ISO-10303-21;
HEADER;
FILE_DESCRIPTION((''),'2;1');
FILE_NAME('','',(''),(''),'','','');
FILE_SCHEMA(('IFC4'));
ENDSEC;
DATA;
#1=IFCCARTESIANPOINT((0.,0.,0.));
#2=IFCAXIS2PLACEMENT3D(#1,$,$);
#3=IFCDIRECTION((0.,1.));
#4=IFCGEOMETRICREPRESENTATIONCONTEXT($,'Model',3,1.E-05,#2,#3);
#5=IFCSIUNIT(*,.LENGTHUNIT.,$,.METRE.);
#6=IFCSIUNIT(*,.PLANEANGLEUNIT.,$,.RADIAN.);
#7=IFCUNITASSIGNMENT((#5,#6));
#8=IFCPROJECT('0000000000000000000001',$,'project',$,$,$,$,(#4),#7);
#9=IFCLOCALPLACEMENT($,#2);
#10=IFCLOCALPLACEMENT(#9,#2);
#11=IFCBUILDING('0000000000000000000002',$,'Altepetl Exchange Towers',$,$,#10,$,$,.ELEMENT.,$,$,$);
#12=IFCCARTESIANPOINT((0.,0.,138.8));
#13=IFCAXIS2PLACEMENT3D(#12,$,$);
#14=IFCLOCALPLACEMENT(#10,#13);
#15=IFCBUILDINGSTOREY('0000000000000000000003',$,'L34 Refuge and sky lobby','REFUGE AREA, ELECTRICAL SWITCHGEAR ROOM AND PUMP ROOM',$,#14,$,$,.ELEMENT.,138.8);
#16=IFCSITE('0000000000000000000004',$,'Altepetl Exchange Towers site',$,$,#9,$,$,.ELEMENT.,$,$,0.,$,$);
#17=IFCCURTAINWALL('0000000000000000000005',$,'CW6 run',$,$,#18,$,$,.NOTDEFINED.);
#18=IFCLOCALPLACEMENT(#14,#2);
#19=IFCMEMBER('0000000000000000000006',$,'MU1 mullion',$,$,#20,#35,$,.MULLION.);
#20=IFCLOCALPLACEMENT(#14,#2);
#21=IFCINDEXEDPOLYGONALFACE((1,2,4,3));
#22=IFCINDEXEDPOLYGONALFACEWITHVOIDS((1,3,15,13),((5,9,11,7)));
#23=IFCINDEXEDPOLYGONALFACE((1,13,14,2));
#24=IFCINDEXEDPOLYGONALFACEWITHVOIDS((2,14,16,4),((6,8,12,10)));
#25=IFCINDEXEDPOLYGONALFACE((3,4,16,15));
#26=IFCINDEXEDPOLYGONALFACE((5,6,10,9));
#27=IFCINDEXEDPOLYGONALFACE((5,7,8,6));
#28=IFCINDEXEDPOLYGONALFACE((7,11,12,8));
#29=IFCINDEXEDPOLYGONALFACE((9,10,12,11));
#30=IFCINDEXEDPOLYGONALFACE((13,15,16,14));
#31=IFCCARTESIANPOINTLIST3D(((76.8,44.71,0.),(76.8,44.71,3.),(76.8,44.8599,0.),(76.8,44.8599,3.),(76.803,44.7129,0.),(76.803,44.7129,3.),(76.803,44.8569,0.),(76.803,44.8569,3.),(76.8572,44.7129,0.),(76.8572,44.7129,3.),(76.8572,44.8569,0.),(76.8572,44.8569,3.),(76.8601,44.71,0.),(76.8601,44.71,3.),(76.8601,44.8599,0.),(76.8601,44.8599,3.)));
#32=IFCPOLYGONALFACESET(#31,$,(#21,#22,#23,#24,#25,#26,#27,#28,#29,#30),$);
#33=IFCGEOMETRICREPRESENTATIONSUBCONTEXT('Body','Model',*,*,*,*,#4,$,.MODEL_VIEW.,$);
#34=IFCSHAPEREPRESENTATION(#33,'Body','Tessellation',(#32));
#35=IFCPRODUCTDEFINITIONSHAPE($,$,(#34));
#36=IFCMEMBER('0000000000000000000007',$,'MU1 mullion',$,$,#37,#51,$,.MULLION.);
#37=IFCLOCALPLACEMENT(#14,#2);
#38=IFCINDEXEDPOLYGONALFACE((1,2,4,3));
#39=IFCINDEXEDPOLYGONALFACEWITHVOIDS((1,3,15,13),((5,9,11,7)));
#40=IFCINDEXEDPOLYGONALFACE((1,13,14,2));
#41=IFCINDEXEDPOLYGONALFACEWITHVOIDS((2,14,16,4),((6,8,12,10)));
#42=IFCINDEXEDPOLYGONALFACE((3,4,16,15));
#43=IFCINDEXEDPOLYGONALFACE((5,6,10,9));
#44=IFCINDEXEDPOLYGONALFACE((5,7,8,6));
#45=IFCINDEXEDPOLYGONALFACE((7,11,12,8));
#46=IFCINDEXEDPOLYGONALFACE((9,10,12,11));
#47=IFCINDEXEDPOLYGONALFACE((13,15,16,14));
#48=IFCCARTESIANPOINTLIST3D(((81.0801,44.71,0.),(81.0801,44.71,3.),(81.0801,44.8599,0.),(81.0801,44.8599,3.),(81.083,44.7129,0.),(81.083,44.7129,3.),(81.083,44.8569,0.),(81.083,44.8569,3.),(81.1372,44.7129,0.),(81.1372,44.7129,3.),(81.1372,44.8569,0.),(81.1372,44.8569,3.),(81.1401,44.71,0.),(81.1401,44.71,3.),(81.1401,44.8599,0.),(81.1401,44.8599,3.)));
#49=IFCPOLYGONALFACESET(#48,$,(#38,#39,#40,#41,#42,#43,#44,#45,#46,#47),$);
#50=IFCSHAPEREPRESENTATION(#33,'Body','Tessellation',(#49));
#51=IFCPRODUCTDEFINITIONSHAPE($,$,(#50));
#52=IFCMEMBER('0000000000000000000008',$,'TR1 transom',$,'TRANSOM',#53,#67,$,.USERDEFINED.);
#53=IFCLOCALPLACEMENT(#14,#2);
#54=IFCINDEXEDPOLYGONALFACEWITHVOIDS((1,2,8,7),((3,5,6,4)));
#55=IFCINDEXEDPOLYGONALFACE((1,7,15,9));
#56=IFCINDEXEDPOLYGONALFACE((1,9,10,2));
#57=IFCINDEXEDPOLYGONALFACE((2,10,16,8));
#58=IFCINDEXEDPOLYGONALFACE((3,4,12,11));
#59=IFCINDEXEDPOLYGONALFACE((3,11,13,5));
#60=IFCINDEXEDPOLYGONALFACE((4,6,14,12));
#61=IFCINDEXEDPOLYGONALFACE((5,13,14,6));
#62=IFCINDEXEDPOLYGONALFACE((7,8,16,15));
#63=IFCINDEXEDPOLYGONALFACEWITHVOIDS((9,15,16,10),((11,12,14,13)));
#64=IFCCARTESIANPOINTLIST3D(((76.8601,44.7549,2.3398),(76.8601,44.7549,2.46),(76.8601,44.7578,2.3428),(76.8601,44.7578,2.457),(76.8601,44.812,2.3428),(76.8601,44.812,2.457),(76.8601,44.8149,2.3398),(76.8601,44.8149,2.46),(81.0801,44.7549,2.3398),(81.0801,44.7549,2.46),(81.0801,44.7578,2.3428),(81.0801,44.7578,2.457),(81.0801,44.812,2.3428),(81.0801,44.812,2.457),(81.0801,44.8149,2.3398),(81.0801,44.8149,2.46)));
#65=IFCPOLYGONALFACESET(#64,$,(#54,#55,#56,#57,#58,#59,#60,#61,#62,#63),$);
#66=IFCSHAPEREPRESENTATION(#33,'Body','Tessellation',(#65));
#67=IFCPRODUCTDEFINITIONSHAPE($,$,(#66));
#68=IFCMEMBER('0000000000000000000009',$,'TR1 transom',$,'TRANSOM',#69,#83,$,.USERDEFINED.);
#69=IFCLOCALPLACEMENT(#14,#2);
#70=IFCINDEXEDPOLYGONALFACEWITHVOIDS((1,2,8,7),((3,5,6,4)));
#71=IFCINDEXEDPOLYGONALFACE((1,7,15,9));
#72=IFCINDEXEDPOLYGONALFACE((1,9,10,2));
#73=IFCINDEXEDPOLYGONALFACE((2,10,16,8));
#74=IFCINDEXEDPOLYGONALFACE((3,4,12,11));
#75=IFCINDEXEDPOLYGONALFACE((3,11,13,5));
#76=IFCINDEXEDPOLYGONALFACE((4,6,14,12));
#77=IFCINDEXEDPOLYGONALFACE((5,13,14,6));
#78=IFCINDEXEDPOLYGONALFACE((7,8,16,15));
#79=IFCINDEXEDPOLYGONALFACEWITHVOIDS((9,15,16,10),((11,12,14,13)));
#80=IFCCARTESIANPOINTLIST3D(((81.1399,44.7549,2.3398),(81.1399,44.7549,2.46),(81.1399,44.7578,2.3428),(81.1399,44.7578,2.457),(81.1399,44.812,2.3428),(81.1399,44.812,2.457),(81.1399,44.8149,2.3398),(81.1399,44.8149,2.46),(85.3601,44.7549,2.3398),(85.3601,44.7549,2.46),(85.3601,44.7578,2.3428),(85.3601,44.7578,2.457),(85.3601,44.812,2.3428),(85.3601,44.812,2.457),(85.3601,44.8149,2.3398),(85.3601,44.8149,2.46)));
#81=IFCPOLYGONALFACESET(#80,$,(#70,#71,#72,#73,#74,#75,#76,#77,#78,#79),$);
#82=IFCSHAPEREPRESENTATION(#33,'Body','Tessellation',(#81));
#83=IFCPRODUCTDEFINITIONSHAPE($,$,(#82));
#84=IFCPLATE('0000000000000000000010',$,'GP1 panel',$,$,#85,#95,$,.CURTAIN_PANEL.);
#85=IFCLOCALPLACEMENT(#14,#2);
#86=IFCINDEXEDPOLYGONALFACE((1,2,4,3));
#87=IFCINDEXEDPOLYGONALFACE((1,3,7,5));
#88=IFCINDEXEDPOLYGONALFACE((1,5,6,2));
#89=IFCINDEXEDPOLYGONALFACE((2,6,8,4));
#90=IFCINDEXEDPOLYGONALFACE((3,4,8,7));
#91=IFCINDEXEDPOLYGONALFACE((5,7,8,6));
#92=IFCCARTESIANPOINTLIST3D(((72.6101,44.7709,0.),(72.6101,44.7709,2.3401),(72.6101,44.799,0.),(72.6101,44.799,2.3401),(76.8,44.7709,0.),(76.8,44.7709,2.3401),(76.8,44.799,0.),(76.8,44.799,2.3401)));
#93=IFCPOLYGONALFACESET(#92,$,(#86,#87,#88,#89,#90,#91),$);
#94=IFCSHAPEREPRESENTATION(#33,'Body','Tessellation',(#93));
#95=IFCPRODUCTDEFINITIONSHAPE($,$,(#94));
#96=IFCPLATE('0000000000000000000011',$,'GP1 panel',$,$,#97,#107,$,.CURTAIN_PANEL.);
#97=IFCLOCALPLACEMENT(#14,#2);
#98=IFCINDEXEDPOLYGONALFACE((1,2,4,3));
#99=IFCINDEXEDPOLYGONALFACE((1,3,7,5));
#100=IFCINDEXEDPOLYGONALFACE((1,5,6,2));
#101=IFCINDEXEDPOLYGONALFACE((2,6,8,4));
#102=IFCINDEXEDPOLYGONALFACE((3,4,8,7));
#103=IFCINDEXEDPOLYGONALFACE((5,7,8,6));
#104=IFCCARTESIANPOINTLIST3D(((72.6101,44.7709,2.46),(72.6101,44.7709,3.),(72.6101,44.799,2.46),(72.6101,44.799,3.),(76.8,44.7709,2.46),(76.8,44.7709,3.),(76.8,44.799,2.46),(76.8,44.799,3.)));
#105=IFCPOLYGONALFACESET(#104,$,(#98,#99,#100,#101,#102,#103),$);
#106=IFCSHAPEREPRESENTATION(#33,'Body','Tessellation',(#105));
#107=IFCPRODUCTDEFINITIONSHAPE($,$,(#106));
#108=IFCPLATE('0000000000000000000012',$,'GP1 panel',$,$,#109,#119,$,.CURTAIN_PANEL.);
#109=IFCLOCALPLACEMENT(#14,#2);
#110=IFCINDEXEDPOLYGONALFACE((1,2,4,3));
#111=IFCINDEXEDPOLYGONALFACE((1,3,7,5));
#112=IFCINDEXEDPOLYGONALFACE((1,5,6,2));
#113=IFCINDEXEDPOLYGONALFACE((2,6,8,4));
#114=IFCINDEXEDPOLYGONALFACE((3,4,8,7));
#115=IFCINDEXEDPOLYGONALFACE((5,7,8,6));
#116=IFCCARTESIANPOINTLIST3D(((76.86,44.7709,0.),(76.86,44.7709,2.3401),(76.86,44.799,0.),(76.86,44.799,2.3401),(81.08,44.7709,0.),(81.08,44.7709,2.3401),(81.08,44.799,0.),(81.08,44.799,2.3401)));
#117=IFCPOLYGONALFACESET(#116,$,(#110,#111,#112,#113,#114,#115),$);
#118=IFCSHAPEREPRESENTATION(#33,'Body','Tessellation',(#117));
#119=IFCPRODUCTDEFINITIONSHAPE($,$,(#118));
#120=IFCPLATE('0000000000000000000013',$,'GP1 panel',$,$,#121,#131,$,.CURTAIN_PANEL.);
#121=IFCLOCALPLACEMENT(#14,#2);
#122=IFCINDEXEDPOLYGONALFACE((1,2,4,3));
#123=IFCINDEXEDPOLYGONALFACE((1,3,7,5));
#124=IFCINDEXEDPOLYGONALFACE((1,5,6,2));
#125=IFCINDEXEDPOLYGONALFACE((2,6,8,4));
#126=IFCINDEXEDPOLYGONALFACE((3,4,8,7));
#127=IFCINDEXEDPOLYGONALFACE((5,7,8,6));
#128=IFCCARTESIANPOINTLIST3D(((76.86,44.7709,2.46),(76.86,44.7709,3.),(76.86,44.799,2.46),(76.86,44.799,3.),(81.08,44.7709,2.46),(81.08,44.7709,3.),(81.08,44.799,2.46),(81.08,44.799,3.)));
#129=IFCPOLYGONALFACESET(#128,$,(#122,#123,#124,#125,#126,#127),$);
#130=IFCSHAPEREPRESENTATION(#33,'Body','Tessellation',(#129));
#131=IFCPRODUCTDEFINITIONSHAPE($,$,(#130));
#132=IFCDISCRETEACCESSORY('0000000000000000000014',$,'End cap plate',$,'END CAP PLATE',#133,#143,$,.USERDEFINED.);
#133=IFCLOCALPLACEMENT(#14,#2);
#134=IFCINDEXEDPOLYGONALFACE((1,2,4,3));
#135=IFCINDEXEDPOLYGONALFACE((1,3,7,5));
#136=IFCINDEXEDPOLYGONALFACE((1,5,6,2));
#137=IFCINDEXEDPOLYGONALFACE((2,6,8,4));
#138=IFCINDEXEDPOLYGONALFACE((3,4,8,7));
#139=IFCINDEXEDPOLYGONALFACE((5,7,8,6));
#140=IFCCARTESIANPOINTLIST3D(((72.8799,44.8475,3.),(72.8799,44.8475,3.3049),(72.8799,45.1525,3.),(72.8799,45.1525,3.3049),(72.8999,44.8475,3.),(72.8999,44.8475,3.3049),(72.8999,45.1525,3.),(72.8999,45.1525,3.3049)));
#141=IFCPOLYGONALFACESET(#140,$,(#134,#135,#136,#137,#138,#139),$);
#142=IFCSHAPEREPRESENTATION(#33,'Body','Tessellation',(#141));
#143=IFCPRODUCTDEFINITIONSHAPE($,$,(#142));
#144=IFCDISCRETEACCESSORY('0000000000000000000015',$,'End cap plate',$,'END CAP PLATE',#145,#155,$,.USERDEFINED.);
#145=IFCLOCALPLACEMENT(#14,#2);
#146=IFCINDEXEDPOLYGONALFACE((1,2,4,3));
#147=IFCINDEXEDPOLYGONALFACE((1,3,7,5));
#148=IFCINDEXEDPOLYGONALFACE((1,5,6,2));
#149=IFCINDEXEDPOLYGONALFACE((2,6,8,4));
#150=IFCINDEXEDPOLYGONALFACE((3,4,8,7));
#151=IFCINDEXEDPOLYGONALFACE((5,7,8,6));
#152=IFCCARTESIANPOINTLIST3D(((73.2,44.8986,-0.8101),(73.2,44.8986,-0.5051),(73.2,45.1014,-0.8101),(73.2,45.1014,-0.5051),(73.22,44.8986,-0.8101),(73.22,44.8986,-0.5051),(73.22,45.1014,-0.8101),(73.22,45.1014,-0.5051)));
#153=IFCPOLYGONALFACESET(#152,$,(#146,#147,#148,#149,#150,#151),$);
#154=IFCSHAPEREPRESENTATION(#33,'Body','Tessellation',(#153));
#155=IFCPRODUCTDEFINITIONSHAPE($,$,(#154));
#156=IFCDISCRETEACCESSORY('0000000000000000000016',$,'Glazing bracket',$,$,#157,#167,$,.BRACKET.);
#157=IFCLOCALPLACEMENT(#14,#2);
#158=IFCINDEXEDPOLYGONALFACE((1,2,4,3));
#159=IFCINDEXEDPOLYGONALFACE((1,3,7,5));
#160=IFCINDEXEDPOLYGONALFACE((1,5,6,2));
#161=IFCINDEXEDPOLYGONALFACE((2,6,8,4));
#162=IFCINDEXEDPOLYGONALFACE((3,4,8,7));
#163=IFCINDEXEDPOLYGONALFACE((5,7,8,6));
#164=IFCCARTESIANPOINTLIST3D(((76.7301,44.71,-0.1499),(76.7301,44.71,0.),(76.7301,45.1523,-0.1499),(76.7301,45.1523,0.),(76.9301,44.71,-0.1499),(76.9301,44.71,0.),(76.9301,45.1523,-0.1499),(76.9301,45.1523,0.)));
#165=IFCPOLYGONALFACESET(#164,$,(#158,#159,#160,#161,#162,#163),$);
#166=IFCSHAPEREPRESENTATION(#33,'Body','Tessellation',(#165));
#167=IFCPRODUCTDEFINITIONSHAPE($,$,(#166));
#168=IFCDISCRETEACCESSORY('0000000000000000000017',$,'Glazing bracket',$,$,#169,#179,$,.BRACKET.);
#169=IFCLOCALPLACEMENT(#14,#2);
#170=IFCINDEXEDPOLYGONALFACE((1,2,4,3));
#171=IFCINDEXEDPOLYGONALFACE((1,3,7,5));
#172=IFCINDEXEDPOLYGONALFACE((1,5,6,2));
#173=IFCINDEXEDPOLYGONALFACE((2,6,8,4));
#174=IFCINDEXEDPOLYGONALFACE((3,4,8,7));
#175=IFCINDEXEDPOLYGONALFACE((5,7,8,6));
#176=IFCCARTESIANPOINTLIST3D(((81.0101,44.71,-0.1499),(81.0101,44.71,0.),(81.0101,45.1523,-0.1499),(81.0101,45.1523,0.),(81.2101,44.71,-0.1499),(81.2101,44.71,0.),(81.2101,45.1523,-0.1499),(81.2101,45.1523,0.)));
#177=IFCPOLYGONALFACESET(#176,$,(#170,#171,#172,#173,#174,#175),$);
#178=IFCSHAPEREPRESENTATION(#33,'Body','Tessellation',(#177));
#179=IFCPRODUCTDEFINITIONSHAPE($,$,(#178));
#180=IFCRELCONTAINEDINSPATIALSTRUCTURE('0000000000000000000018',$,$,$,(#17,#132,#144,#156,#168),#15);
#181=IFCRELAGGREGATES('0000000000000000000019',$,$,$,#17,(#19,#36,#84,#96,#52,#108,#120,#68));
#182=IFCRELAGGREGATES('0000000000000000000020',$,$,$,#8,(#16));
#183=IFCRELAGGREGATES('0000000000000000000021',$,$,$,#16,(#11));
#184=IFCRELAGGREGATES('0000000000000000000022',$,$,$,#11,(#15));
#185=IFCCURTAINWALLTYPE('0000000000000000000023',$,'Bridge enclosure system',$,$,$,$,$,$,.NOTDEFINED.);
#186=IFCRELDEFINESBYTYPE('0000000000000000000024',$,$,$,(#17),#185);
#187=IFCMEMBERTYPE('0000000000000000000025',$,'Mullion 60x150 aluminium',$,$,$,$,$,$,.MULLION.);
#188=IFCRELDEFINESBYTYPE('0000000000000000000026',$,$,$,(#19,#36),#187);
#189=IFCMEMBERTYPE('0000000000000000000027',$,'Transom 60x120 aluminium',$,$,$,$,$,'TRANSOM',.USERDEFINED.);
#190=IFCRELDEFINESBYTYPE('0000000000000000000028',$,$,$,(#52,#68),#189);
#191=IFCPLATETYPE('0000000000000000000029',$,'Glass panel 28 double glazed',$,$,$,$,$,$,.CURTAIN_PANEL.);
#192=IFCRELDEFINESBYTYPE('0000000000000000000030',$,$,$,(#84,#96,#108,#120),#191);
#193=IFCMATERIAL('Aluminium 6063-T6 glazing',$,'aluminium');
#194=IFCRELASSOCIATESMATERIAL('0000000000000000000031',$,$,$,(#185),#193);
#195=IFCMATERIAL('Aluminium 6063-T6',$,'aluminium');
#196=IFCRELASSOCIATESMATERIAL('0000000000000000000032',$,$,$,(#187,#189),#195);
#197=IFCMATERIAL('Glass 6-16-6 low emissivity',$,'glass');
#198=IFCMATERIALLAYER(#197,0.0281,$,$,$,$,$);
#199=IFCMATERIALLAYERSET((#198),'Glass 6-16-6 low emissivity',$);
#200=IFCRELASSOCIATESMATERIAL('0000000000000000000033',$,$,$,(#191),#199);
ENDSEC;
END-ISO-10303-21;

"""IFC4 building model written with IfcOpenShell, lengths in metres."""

from ifc_helpers import new_model, si_unit, direction, frame, origin, origin_2d, place, context, subcontext, project, spatial, rectangle, hollow_rectangle, extrude, material, layer, layer_set, material_profile, profile_set, type_object, element, aggregate, save


model = new_model("IFC4")

# Units and contexts
model_context = context("Model", 3, precision=1e-05, world=origin(), true_north=direction((0.0, 1.0)))
body_context = subcontext(model_context, "Body", "Model", "MODEL_VIEW")
ifc_project = project(units=[si_unit("LENGTHUNIT", "METRE"), si_unit("PLANEANGLEUNIT", "RADIAN")], contexts=[model_context])

# Site, building, storey
site_placement = place(None, origin())
site = spatial("IfcSite", under=ifc_project, at=site_placement, Name="Altepetl Exchange Towers site", CompositionType="ELEMENT", RefElevation=0.0)
building_placement = place(site_placement, origin())
building = spatial("IfcBuilding", under=site, at=building_placement, Name="Altepetl Exchange Towers", CompositionType="ELEMENT")
storey_placement = place(building_placement, frame((0.0, 0.0, 138.8)))
storey = spatial("IfcBuildingStorey", under=building, at=storey_placement, Name="L34 Refuge and sky lobby", Description="REFUGE AREA, ELECTRICAL SWITCHGEAR ROOM AND PUMP ROOM", CompositionType="ELEMENT", Elevation=138.8)

# Curtain wall, members, plates
ifc_material_1 = material(Name="Aluminium 6063-T6 glazing", Category="aluminium")
curtain_wall_type = type_object("IfcCurtainWallType", Name="Bridge enclosure system", PredefinedType="NOTDEFINED", material=ifc_material_1)
curtain_wall_placement = place(storey_placement, origin())
curtain_wall = element("IfcCurtainWall", 1, at=curtain_wall_placement, inside=storey, type_object=curtain_wall_type, Name="CW6 run", PredefinedType="NOTDEFINED")
ifc_material_2 = material(Name="Aluminium 6063-T6", Category="aluminium")
ifc_material_profile_1 = material_profile(ifc_material_2, hollow_rectangle(XDim=0.0601, YDim=0.1499, WallThickness=0.0029, at=origin_2d()), Name="Mullion 60x150 aluminium")
ifc_profile_set_1 = profile_set([ifc_material_profile_1], Name="Aluminium 6063-T6")
member_type_1 = type_object("IfcMemberType", Name="Mullion 60x150 aluminium", PredefinedType="MULLION", material=ifc_profile_set_1)
member_1_placement = place(storey_placement, frame((76.8301, 44.7849, 0.0)))
member_1 = element("IfcMember", 2, at=member_1_placement, type_object=member_type_1, Name="MU1 mullion", PredefinedType="MULLION", context=body_context, shape_type="SweptSolid", body=[
    extrude(hollow_rectangle(XDim=0.0601, YDim=0.1499, WallThickness=0.0029, at=origin_2d()), origin(), (0.0, 0.0, 1.0), 3.0),
])
member_2_placement = place(storey_placement, frame((81.1101, 44.7849, 0.0)))
member_2 = element("IfcMember", 3, at=member_2_placement, type_object=member_type_1, Name="MU1 mullion", PredefinedType="MULLION", context=body_context, shape_type="SweptSolid", body=[
    extrude(hollow_rectangle(XDim=0.0601, YDim=0.1499, WallThickness=0.0029, at=origin_2d()), origin(), (0.0, 0.0, 1.0), 3.0),
])
ifc_material_profile_2 = material_profile(ifc_material_2, hollow_rectangle(XDim=0.0601, YDim=0.1201, WallThickness=0.0029, at=origin_2d()), Name="Transom 60x120 aluminium")
ifc_profile_set_2 = profile_set([ifc_material_profile_2], Name="Aluminium 6063-T6")
member_type_2 = type_object("IfcMemberType", Name="Transom 60x120 aluminium", ElementType="TRANSOM", PredefinedType="USERDEFINED", material=ifc_profile_set_2)
member_3_placement = place(storey_placement, frame((76.8601, 44.7849, 2.3999), z_axis=(1.0, 0.0, 0.0), x_axis=(0.0, 1.0, 0.0)))
member_3 = element("IfcMember", 4, at=member_3_placement, type_object=member_type_2, Name="TR1 transom", ObjectType="TRANSOM", PredefinedType="USERDEFINED", context=body_context, shape_type="SweptSolid", body=[
    extrude(hollow_rectangle(XDim=0.0601, YDim=0.1201, WallThickness=0.0029, at=origin_2d()), origin(), (0.0, 0.0, 1.0), 4.22),
])
member_4_placement = place(storey_placement, frame((81.1399, 44.7849, 2.3999), z_axis=(1.0, 0.0, 0.0), x_axis=(0.0, 1.0, 0.0)))
member_4 = element("IfcMember", 5, at=member_4_placement, type_object=member_type_2, Name="TR1 transom", ObjectType="TRANSOM", PredefinedType="USERDEFINED", context=body_context, shape_type="SweptSolid", body=[
    extrude(hollow_rectangle(XDim=0.0601, YDim=0.1201, WallThickness=0.0029, at=origin_2d()), origin(), (0.0, 0.0, 1.0), 4.2202),
])
ifc_material_3 = material(Name="Glass 6-16-6 low emissivity", Category="glass")
ifc_layer = layer(ifc_material_3, 0.0281)
ifc_layer_set = layer_set([ifc_layer], Name="Glass 6-16-6 low emissivity")
plate_type = type_object("IfcPlateType", Name="Glass panel 28 double glazed", PredefinedType="CURTAIN_PANEL", material=ifc_layer_set)
plate_1_placement = place(storey_placement, frame((74.7051, 44.7849, 0.0)))
plate_1 = element("IfcPlate", 6, at=plate_1_placement, type_object=plate_type, Name="GP1 panel", PredefinedType="CURTAIN_PANEL", context=body_context, shape_type="SweptSolid", body=[
    extrude(rectangle(XDim=4.1899, YDim=0.0281, at=origin_2d()), origin(), (0.0, 0.0, 1.0), 2.3401),
])
plate_2_placement = place(storey_placement, frame((74.7051, 44.7849, 2.46)))
plate_2 = element("IfcPlate", 7, at=plate_2_placement, type_object=plate_type, Name="GP1 panel", PredefinedType="CURTAIN_PANEL", context=body_context, shape_type="SweptSolid", body=[
    extrude(rectangle(XDim=4.1899, YDim=0.0281, at=origin_2d()), origin(), (0.0, 0.0, 1.0), 0.54),
])
plate_3_placement = place(storey_placement, frame((78.97, 44.7849, 0.0)))
plate_3 = element("IfcPlate", 8, at=plate_3_placement, type_object=plate_type, Name="GP1 panel", PredefinedType="CURTAIN_PANEL", context=body_context, shape_type="SweptSolid", body=[
    extrude(rectangle(XDim=4.22, YDim=0.0281, at=origin_2d()), origin(), (0.0, 0.0, 1.0), 2.3401),
])
plate_4_placement = place(storey_placement, frame((78.97, 44.7849, 2.46)))
plate_4 = element("IfcPlate", 9, at=plate_4_placement, type_object=plate_type, Name="GP1 panel", PredefinedType="CURTAIN_PANEL", context=body_context, shape_type="SweptSolid", body=[
    extrude(rectangle(XDim=4.22, YDim=0.0281, at=origin_2d()), origin(), (0.0, 0.0, 1.0), 0.54),
])
aggregate(curtain_wall, [member_1, member_2, plate_1, plate_2, member_3, plate_3, plate_4, member_4])

# Discrete accessories
discrete_accessory_1_placement = place(storey_placement, frame((72.8899, 45.0, 3.0), z_axis=(0.0, 0.0, 1.0), x_axis=(-1.0, 0.0, 0.0)))
element("IfcDiscreteAccessory", 10, at=discrete_accessory_1_placement, inside=storey, Name="End cap plate", ObjectType="END CAP PLATE", PredefinedType="USERDEFINED", context=body_context, shape_type="SweptSolid", body=[
    extrude(rectangle(XDim=0.02, YDim=0.3049, at=origin_2d()), origin(), (0.0, 0.0, 1.0), 0.3049),
])
discrete_accessory_2_placement = place(storey_placement, frame((73.21, 45.0, -0.8101)))
element("IfcDiscreteAccessory", 11, at=discrete_accessory_2_placement, inside=storey, Name="End cap plate", ObjectType="END CAP PLATE", PredefinedType="USERDEFINED", context=body_context, shape_type="SweptSolid", body=[
    extrude(rectangle(XDim=0.02, YDim=0.2029, at=origin_2d()), origin(), (0.0, 0.0, 1.0), 0.3049),
])
for number, where, name in (
    (12, (76.8301, 44.9312, -0.1499), "Glazing bracket"),
    (13, (81.1101, 44.9312, -0.1499), "Glazing bracket"),
):
    element("IfcDiscreteAccessory", number, at=place(storey_placement, frame(where)), inside=storey, Name=name, PredefinedType="BRACKET", context=body_context, shape_type="SweptSolid", body=[
        extrude(rectangle(XDim=0.2, YDim=0.4424, at=origin_2d()), origin(), (0.0, 0.0, 1.0), 0.1499),
    ])

save(model, "model.ifc")
